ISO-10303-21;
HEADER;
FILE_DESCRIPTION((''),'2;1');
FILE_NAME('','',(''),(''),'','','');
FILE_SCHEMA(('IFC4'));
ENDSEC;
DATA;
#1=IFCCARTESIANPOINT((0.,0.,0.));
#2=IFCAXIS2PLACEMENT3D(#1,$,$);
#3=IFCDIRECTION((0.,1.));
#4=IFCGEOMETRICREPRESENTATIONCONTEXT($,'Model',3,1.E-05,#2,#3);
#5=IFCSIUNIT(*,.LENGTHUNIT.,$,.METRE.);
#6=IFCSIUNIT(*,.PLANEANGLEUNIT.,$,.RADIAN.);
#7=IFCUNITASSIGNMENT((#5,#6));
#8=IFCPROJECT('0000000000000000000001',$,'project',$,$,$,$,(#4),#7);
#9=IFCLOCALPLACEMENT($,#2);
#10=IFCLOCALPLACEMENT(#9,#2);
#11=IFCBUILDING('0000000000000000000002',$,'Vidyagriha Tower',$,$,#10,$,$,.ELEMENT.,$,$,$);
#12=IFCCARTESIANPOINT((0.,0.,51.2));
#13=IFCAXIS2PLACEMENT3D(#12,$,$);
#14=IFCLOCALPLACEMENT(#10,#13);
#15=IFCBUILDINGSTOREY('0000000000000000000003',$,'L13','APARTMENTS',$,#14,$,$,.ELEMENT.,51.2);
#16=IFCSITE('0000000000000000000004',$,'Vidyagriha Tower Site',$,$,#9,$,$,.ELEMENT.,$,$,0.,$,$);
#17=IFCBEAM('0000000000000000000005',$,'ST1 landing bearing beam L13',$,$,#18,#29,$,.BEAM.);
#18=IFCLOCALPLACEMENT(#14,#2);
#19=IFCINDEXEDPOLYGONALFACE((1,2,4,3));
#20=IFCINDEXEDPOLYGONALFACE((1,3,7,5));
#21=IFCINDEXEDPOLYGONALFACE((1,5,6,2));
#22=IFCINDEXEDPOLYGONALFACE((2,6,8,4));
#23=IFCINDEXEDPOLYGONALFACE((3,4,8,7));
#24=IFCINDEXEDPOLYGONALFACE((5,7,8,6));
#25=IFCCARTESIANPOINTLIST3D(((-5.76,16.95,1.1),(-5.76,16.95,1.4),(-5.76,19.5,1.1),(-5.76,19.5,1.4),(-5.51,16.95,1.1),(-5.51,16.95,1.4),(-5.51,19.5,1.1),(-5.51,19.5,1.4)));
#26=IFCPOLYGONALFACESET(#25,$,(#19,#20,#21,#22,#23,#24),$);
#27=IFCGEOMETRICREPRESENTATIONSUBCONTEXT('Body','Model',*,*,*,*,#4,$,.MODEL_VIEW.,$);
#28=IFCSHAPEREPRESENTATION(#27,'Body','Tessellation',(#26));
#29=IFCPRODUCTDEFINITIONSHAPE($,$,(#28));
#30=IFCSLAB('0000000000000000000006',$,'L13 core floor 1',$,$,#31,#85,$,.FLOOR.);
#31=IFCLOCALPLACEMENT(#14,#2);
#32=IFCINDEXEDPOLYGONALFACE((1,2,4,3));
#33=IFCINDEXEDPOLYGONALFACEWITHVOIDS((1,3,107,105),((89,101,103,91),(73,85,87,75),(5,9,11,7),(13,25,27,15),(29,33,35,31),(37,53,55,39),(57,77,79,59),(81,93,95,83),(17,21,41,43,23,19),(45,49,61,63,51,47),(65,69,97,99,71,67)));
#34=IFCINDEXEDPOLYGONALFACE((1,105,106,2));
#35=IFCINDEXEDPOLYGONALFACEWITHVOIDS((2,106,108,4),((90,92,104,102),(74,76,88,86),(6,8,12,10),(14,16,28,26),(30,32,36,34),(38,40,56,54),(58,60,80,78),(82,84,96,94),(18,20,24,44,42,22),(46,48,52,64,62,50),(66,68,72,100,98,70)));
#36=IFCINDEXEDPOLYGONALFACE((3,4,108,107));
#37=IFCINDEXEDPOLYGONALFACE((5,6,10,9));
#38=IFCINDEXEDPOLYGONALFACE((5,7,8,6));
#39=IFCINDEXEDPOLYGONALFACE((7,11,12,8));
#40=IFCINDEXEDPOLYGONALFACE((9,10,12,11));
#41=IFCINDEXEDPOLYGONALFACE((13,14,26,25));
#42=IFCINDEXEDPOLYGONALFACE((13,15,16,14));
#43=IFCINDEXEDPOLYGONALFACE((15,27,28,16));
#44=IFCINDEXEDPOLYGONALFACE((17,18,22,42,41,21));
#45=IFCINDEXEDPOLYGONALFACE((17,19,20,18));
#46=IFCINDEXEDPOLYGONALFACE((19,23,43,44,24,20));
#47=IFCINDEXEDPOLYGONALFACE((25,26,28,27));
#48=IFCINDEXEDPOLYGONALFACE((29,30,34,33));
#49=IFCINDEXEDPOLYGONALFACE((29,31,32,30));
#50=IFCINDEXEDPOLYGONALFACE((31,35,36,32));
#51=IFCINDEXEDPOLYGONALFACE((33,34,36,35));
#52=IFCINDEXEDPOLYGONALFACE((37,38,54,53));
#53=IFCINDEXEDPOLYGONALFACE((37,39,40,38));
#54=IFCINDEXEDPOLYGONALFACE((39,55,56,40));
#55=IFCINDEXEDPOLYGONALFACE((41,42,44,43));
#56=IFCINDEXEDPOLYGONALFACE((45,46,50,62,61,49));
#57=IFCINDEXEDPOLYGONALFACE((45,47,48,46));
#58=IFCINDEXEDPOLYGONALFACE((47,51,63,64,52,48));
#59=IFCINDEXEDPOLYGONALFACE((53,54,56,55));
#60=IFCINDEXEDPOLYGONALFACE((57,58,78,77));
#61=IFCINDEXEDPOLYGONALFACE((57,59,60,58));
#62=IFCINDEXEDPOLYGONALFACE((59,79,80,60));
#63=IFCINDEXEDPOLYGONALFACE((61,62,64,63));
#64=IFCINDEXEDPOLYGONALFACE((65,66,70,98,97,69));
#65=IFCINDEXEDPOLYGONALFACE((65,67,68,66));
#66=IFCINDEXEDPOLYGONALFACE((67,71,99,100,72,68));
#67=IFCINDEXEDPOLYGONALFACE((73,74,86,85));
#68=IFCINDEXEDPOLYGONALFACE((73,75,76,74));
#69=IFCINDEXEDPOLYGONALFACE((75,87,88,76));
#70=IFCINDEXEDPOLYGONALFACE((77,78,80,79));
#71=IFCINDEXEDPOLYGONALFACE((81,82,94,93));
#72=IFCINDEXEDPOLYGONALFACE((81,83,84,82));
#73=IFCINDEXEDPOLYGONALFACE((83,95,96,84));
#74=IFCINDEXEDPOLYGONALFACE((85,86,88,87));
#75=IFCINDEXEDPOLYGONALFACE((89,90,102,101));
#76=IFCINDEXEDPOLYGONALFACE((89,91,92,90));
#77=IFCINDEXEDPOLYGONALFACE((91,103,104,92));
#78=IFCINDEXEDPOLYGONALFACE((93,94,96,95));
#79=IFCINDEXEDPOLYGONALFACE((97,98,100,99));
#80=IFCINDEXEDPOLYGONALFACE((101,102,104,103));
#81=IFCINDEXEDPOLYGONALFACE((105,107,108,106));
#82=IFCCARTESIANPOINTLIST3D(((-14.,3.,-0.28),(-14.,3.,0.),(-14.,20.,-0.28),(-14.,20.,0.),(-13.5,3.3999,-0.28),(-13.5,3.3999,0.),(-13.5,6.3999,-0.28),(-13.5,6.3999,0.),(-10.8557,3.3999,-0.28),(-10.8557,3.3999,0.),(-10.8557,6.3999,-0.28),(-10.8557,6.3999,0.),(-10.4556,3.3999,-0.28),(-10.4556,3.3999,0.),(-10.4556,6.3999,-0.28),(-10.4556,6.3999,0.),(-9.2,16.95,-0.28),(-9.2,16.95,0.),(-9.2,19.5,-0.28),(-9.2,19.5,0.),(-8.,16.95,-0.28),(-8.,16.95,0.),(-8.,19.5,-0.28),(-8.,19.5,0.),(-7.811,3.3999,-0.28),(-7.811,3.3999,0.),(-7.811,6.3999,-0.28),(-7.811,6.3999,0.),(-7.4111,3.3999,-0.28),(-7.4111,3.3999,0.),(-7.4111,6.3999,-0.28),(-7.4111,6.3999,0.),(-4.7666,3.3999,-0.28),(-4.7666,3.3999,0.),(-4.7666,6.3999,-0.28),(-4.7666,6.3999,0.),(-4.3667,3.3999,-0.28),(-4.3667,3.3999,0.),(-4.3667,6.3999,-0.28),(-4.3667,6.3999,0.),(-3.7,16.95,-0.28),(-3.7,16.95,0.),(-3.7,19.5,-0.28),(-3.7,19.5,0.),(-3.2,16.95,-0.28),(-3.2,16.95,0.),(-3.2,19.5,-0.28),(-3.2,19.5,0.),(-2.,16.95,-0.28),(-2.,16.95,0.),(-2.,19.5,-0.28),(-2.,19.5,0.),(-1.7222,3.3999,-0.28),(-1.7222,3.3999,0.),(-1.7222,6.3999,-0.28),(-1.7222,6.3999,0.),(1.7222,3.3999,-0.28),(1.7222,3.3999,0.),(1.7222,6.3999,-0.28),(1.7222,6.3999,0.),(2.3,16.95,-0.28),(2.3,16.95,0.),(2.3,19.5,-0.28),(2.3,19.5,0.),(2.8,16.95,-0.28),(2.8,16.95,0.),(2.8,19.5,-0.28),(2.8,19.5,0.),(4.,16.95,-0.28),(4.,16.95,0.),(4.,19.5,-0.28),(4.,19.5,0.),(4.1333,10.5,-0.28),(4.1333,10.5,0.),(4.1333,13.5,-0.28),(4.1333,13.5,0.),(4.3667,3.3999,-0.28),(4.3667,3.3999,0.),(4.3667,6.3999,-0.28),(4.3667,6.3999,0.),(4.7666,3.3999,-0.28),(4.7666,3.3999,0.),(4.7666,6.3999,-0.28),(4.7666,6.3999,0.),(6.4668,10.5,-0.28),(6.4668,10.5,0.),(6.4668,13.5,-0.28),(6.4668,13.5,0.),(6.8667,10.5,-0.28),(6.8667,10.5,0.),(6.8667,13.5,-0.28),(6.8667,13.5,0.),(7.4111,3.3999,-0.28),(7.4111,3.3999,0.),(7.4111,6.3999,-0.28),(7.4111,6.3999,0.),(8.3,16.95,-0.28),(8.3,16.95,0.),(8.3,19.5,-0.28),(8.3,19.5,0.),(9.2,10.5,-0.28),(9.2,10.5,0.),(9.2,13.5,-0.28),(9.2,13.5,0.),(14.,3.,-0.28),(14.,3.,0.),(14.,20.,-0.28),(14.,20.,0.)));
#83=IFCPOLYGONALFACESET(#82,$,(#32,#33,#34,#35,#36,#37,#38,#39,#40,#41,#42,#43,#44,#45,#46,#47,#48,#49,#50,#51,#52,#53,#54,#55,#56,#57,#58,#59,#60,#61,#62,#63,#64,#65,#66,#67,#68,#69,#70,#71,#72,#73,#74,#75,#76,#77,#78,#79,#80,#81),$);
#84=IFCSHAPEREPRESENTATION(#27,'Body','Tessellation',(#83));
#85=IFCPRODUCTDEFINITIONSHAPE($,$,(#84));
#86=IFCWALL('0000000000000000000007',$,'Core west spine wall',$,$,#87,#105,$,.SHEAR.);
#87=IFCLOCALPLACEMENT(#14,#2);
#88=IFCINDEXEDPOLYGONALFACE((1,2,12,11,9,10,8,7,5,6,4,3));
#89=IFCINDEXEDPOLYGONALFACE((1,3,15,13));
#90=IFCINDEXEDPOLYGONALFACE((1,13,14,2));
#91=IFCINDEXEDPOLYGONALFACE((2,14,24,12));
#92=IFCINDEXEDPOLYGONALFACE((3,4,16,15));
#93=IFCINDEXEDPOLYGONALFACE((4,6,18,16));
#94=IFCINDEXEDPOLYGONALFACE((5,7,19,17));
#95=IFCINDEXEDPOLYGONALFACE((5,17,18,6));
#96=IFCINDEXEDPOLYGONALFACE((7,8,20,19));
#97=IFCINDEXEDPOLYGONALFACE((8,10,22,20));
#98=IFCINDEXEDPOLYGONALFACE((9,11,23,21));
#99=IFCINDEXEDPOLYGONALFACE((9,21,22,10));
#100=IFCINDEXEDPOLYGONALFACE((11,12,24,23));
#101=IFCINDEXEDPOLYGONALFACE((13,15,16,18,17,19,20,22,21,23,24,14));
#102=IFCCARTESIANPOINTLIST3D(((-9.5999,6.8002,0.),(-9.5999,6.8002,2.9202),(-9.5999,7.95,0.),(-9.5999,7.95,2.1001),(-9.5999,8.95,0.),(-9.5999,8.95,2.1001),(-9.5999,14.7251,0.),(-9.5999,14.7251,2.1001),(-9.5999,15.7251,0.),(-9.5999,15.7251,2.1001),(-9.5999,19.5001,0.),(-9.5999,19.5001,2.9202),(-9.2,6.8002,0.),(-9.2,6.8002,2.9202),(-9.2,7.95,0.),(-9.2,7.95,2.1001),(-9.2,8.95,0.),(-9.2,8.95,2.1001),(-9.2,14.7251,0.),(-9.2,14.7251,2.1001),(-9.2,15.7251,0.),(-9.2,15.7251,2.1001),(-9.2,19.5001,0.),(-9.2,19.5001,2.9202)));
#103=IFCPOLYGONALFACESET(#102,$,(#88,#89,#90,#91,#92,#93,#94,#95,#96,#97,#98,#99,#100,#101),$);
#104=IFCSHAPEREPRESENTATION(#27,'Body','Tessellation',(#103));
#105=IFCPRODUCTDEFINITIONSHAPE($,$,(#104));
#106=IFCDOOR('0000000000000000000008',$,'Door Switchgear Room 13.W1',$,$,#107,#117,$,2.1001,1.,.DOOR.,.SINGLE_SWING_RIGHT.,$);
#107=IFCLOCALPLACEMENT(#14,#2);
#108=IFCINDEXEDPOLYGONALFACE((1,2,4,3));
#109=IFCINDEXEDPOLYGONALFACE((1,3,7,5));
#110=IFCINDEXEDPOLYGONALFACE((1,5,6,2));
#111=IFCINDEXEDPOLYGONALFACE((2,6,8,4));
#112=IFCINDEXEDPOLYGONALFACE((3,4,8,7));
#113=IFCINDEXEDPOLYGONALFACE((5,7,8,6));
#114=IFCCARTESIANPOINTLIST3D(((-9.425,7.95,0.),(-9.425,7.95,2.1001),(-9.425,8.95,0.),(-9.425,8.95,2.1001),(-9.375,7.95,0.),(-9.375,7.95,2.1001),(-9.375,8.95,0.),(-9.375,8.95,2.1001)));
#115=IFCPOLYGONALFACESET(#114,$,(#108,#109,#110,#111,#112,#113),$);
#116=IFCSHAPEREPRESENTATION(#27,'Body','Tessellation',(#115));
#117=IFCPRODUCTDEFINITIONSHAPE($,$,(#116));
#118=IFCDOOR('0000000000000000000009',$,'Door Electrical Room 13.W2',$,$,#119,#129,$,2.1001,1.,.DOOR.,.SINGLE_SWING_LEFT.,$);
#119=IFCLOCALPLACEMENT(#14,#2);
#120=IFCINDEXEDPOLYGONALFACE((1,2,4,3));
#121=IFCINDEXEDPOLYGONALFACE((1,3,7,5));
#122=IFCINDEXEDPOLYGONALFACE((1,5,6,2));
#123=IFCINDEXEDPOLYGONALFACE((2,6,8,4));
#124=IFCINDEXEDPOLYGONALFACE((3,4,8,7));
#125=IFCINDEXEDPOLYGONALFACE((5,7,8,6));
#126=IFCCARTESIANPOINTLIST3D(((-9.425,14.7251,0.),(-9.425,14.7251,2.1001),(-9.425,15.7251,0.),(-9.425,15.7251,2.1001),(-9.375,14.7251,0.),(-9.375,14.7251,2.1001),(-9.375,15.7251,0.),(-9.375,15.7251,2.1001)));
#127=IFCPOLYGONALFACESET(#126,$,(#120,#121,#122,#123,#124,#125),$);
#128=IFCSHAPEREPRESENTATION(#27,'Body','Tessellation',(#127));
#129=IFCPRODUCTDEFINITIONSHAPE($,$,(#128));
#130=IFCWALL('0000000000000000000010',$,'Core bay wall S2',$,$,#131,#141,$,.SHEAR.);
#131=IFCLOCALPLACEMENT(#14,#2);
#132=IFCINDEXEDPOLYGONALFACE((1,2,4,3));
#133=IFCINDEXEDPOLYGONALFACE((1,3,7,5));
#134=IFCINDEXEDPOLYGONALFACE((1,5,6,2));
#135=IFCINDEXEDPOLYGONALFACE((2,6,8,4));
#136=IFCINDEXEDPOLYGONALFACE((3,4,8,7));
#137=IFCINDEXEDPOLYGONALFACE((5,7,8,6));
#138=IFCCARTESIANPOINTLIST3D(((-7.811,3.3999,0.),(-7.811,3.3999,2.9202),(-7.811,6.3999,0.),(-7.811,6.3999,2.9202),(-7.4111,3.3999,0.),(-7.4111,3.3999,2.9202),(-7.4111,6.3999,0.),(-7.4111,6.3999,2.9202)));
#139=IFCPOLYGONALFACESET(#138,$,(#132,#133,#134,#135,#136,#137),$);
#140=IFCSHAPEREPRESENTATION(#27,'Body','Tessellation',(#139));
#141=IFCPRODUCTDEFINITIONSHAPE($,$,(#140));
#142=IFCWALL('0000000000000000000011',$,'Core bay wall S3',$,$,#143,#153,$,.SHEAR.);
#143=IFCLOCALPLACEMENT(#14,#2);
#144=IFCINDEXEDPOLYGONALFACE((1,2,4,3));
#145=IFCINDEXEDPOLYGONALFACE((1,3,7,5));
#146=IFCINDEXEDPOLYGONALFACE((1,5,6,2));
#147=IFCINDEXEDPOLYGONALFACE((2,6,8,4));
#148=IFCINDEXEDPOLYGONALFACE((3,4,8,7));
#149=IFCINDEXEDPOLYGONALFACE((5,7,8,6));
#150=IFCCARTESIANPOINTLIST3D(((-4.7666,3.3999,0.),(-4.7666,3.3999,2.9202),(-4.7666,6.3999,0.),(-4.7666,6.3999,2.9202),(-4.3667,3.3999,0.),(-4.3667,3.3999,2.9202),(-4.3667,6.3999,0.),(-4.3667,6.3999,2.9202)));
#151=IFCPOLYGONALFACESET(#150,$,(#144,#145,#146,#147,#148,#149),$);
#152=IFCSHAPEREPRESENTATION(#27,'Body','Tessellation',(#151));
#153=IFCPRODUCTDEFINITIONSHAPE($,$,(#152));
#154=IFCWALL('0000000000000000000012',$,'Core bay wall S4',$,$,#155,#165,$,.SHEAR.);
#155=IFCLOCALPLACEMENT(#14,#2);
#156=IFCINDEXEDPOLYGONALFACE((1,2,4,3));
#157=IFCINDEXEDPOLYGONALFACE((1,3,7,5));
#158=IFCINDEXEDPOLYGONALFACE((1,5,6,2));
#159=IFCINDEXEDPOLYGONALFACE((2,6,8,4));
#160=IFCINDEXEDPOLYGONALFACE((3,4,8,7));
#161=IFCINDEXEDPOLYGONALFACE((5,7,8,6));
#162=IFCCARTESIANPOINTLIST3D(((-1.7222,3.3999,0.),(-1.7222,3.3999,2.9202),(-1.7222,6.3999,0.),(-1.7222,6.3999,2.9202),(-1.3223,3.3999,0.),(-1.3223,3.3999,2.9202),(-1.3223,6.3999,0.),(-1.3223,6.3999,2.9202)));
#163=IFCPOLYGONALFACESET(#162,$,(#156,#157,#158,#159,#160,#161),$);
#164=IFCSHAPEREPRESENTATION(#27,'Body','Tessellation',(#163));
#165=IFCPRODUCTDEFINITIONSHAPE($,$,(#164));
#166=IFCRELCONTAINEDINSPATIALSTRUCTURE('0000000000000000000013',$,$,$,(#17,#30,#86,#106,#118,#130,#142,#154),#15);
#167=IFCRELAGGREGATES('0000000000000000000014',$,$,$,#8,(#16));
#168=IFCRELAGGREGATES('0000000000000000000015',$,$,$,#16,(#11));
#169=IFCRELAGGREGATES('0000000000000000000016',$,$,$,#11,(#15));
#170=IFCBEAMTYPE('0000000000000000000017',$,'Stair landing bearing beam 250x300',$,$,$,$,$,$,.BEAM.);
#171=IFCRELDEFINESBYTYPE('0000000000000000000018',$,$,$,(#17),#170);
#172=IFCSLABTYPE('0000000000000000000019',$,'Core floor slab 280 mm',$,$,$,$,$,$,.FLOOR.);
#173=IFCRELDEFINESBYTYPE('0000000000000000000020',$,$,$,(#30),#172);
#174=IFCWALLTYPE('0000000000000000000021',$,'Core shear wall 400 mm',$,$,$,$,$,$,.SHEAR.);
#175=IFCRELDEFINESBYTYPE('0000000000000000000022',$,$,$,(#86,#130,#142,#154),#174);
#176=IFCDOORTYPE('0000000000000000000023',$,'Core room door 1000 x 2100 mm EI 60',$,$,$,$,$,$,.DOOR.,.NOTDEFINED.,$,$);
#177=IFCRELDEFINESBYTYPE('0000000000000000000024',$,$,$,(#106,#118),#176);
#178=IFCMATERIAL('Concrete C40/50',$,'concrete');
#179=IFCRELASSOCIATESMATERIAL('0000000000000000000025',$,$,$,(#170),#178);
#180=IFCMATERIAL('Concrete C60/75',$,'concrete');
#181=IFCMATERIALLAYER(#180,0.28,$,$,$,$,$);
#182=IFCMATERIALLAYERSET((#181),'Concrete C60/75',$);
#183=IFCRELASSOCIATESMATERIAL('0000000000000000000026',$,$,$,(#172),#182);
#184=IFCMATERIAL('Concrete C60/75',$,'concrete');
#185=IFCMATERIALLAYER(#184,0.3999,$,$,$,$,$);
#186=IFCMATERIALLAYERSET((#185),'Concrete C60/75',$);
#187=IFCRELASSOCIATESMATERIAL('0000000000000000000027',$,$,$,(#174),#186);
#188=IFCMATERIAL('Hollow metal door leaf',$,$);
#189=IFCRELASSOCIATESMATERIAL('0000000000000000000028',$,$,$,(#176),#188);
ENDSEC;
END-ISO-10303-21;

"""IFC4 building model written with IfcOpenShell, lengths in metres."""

from ifc_helpers import new_model, si_unit, direction, frame, frame_2d, origin, origin_2d, place, context, subcontext, project, spatial, polyline, rectangle, outline, extrude, material, layer, layer_set, material_profile, profile_set, type_object, element, fill, save


model = new_model("IFC4")

# Units and contexts
model_context = context("Model", 3, precision=1e-05, world=origin(), true_north=direction((0.0, 1.0)))
body_context = subcontext(model_context, "Body", "Model", "MODEL_VIEW")
ifc_project = project(units=[si_unit("LENGTHUNIT", "METRE"), si_unit("PLANEANGLEUNIT", "RADIAN")], contexts=[model_context])

# Site, building, storey
site_placement = place(None, origin())
site = spatial("IfcSite", under=ifc_project, at=site_placement, Name="Vidyagriha Tower Site", CompositionType="ELEMENT", RefElevation=0.0)
building_placement = place(site_placement, origin())
building = spatial("IfcBuilding", under=site, at=building_placement, Name="Vidyagriha Tower", CompositionType="ELEMENT")
storey_placement = place(building_placement, frame((0.0, 0.0, 51.2)))
storey = spatial("IfcBuildingStorey", under=building, at=storey_placement, Name="L13", Description="APARTMENTS", CompositionType="ELEMENT", Elevation=51.2)

# Beam
ifc_material_1 = material(Name="Concrete C40/50", Category="concrete")
ifc_material_profile = material_profile(ifc_material_1, rectangle(XDim=0.25, YDim=0.3, at=origin_2d()), Name="Stair landing bearing beam 250x300")
ifc_profile_set = profile_set([ifc_material_profile], Name="Concrete C40/50")
beam_type = type_object("IfcBeamType", Name="Stair landing bearing beam 250x300", PredefinedType="BEAM", material=ifc_profile_set)
beam_placement = place(storey_placement, frame((-5.635, 16.95, 1.25), z_axis=(0.0, 1.0, 0.0), x_axis=(-1.0, 0.0, 0.0)))
element("IfcBeam", 1, at=beam_placement, inside=storey, type_object=beam_type, Name="ST1 landing bearing beam L13", PredefinedType="BEAM", context=body_context, shape_type="SweptSolid", body=[
    extrude(rectangle(XDim=0.25, YDim=0.3, at=origin_2d()), origin(), (0.0, 0.0, 1.0), 2.55),
])

# Slab
ifc_material_2 = material(Name="Concrete C60/75", Category="concrete")
ifc_layer_1 = layer(ifc_material_2, 0.28)
ifc_layer_set_1 = layer_set([ifc_layer_1], Name="Concrete C60/75")
slab_type = type_object("IfcSlabType", Name="Core floor slab 280 mm", PredefinedType="FLOOR", material=ifc_layer_set_1)
slab_placement = place(storey_placement, frame((0.0, 0.0, -0.28)))
element("IfcSlab", 2, at=slab_placement, inside=storey, type_object=slab_type, Name="L13 core floor 1", PredefinedType="FLOOR", context=body_context, shape_type="SweptSolid", body=[
    extrude(outline(polyline([(-14.0, 3.0), (-14.0, 20.0), (14.0, 20.0), (14.0, 3.0), (-14.0, 3.0)]), holes=[polyline([(9.2, 13.5), (6.8667, 13.5), (6.8667, 10.5), (9.2, 10.5), (9.2, 13.5)]), polyline([(4.0, 19.5), (2.8, 19.5), (2.8, 16.95), (4.0, 16.95), (8.3, 16.95), (8.3, 19.5), (4.0, 19.5)]), polyline([(7.4111, 6.3999), (4.7666, 6.3999), (4.7666, 3.3999), (7.4111, 3.3999), (7.4111, 6.3999)]), polyline([(6.4668, 13.5), (4.1333, 13.5), (4.1333, 10.5), (6.4668, 10.5), (6.4668, 13.5)]), polyline([(1.7222, 6.3999), (1.7222, 3.3999), (4.3667, 3.3999), (4.3667, 6.3999), (1.7222, 6.3999)]), polyline([(-2.0, 16.95), (2.3, 16.95), (2.3, 19.5), (-2.0, 19.5), (-3.2, 19.5), (-3.2, 16.95), (-2.0, 16.95)]), polyline([(-1.7222, 6.3999), (-4.3667, 6.3999), (-4.3667, 3.3999), (-1.7222, 3.3999), (-1.7222, 6.3999)]), polyline([(-8.0, 19.5), (-9.2, 19.5), (-9.2, 16.95), (-8.0, 16.95), (-3.7, 16.95), (-3.7, 19.5), (-8.0, 19.5)]), polyline([(-4.7666, 6.3999), (-7.4111, 6.3999), (-7.4111, 3.3999), (-4.7666, 3.3999), (-4.7666, 6.3999)]), polyline([(-7.811, 6.3999), (-10.4556, 6.3999), (-10.4556, 3.3999), (-7.811, 3.3999), (-7.811, 6.3999)]), polyline([(-13.5, 6.3999), (-13.5, 3.3999), (-10.8557, 3.3999), (-10.8557, 6.3999), (-13.5, 6.3999)])]), origin(), (0.0, 0.0, 1.0), 0.28),
])

# Wall, openings, doors
ifc_material_3 = material(Name="Concrete C60/75", Category="concrete")
ifc_layer_2 = layer(ifc_material_3, 0.3999)
ifc_layer_set_2 = layer_set([ifc_layer_2], Name="Concrete C60/75")
wall_type_1 = type_object("IfcWallType", Name="Core shear wall 400 mm", PredefinedType="SHEAR", material=ifc_layer_set_2)
wall_1_placement = place(storey_placement, frame((-9.3999, 6.8, 0.0), z_axis=(0.0, 0.0, 1.0), x_axis=(0.0, 1.0, 0.0)))
wall_1 = element("IfcWall", 3, at=wall_1_placement, inside=storey, type_object=wall_type_1, Name="Core west spine wall", PredefinedType="SHEAR", context=body_context, shape_type="SweptSolid", body=[
    extrude(rectangle(XDim=12.7, YDim=0.3999, at=frame_2d((6.3501, 0.0))), origin(), (0.0, 0.0, 1.0), 2.9202),
])
opening_1_placement = place(wall_1_placement, frame((1.1499, 0.0, 0.0)))
opening_1 = element("IfcOpeningElement", 4, at=opening_1_placement, cuts=wall_1, PredefinedType="OPENING", context=body_context, shape_type="SweptSolid", body=[
    extrude(rectangle(XDim=1.0, YDim=2.1001, at=frame_2d((0.5, 1.05))), frame((0.0, 0.21, 0.0), z_axis=(0.0, -1.0, 0.0), x_axis=(1.0, 0.0, 0.0)), (0.0, 0.0, 1.0), 0.4199),
])
opening_2_placement = place(wall_1_placement, frame((7.925, 0.0, 0.0)))
opening_2 = element("IfcOpeningElement", 5, at=opening_2_placement, cuts=wall_1, PredefinedType="OPENING", context=body_context, shape_type="SweptSolid", body=[
    extrude(rectangle(XDim=1.0, YDim=2.1001, at=frame_2d((0.5, 1.05))), frame((0.0, 0.21, 0.0), z_axis=(0.0, -1.0, 0.0), x_axis=(1.0, 0.0, 0.0)), (0.0, 0.0, 1.0), 0.4199),
])
ifc_material_4 = material(Name="Hollow metal door leaf")
door_type_1 = type_object("IfcDoorType", Name="Core room door 1000 x 2100 mm EI 60", OperationType="NOTDEFINED", PredefinedType="DOOR", material=ifc_material_4)
door_1_placement = place(opening_1_placement, frame((1.0, 0.0, 0.0), z_axis=(0.0, 0.0, 1.0), x_axis=(-1.0, 0.0, 0.0)))
door_1 = element("IfcDoor", 6, at=door_1_placement, inside=storey, type_object=door_type_1, Name="Door Switchgear Room 13.W1", OperationType="SINGLE_SWING_RIGHT", OverallHeight=2.1001, OverallWidth=1.0, PredefinedType="DOOR", context=body_context, shape_type="SweptSolid", body=[
    extrude(rectangle(XDim=1.0, YDim=2.1001, at=frame_2d((0.5, 1.05))), frame((0.0, 0.0249, 0.0), z_axis=(0.0, -1.0, 0.0), x_axis=(1.0, 0.0, 0.0)), (0.0, 0.0, 1.0), 0.05),
])
fill(opening_1, door_1)
door_2_placement = place(opening_2_placement, frame((1.0, 0.0, 0.0), z_axis=(0.0, 0.0, 1.0), x_axis=(-1.0, 0.0, 0.0)))
door_2 = element("IfcDoor", 7, at=door_2_placement, inside=storey, type_object=door_type_1, Name="Door Electrical Room 13.W2", OperationType="SINGLE_SWING_LEFT", OverallHeight=2.1001, OverallWidth=1.0, PredefinedType="DOOR", context=body_context, shape_type="SweptSolid", body=[
    extrude(rectangle(XDim=1.0, YDim=2.1001, at=frame_2d((0.5, 1.05))), frame((0.0, 0.0249, 0.0), z_axis=(0.0, -1.0, 0.0), x_axis=(1.0, 0.0, 0.0)), (0.0, 0.0, 1.0), 0.05),
])
fill(opening_2, door_2)

# Walls
for number, where, z_axis, x_axis, name in (
    (8, (-7.6111, 3.3999, 0.0), (0.0, 0.0, 1.0), (0.0, 1.0, 0.0), "Core bay wall S2"),
    (9, (-4.5667, 3.3999, 0.0), (0.0, 0.0, 1.0), (0.0, 1.0, 0.0), "Core bay wall S3"),
    (10, (-1.5222, 3.3999, 0.0), (0.0, 0.0, 1.0), (0.0, 1.0, 0.0), "Core bay wall S4"),
):
    element("IfcWall", number, at=place(storey_placement, frame(where, z_axis=z_axis, x_axis=x_axis)), inside=storey, type_object=wall_type_1, Name=name, PredefinedType="SHEAR", context=body_context, shape_type="SweptSolid", body=[
        extrude(rectangle(XDim=3.0, YDim=0.3999, at=frame_2d((1.5, 0.0))), origin(), (0.0, 0.0, 1.0), 2.9202),
    ])

save(model, "model.ifc")
